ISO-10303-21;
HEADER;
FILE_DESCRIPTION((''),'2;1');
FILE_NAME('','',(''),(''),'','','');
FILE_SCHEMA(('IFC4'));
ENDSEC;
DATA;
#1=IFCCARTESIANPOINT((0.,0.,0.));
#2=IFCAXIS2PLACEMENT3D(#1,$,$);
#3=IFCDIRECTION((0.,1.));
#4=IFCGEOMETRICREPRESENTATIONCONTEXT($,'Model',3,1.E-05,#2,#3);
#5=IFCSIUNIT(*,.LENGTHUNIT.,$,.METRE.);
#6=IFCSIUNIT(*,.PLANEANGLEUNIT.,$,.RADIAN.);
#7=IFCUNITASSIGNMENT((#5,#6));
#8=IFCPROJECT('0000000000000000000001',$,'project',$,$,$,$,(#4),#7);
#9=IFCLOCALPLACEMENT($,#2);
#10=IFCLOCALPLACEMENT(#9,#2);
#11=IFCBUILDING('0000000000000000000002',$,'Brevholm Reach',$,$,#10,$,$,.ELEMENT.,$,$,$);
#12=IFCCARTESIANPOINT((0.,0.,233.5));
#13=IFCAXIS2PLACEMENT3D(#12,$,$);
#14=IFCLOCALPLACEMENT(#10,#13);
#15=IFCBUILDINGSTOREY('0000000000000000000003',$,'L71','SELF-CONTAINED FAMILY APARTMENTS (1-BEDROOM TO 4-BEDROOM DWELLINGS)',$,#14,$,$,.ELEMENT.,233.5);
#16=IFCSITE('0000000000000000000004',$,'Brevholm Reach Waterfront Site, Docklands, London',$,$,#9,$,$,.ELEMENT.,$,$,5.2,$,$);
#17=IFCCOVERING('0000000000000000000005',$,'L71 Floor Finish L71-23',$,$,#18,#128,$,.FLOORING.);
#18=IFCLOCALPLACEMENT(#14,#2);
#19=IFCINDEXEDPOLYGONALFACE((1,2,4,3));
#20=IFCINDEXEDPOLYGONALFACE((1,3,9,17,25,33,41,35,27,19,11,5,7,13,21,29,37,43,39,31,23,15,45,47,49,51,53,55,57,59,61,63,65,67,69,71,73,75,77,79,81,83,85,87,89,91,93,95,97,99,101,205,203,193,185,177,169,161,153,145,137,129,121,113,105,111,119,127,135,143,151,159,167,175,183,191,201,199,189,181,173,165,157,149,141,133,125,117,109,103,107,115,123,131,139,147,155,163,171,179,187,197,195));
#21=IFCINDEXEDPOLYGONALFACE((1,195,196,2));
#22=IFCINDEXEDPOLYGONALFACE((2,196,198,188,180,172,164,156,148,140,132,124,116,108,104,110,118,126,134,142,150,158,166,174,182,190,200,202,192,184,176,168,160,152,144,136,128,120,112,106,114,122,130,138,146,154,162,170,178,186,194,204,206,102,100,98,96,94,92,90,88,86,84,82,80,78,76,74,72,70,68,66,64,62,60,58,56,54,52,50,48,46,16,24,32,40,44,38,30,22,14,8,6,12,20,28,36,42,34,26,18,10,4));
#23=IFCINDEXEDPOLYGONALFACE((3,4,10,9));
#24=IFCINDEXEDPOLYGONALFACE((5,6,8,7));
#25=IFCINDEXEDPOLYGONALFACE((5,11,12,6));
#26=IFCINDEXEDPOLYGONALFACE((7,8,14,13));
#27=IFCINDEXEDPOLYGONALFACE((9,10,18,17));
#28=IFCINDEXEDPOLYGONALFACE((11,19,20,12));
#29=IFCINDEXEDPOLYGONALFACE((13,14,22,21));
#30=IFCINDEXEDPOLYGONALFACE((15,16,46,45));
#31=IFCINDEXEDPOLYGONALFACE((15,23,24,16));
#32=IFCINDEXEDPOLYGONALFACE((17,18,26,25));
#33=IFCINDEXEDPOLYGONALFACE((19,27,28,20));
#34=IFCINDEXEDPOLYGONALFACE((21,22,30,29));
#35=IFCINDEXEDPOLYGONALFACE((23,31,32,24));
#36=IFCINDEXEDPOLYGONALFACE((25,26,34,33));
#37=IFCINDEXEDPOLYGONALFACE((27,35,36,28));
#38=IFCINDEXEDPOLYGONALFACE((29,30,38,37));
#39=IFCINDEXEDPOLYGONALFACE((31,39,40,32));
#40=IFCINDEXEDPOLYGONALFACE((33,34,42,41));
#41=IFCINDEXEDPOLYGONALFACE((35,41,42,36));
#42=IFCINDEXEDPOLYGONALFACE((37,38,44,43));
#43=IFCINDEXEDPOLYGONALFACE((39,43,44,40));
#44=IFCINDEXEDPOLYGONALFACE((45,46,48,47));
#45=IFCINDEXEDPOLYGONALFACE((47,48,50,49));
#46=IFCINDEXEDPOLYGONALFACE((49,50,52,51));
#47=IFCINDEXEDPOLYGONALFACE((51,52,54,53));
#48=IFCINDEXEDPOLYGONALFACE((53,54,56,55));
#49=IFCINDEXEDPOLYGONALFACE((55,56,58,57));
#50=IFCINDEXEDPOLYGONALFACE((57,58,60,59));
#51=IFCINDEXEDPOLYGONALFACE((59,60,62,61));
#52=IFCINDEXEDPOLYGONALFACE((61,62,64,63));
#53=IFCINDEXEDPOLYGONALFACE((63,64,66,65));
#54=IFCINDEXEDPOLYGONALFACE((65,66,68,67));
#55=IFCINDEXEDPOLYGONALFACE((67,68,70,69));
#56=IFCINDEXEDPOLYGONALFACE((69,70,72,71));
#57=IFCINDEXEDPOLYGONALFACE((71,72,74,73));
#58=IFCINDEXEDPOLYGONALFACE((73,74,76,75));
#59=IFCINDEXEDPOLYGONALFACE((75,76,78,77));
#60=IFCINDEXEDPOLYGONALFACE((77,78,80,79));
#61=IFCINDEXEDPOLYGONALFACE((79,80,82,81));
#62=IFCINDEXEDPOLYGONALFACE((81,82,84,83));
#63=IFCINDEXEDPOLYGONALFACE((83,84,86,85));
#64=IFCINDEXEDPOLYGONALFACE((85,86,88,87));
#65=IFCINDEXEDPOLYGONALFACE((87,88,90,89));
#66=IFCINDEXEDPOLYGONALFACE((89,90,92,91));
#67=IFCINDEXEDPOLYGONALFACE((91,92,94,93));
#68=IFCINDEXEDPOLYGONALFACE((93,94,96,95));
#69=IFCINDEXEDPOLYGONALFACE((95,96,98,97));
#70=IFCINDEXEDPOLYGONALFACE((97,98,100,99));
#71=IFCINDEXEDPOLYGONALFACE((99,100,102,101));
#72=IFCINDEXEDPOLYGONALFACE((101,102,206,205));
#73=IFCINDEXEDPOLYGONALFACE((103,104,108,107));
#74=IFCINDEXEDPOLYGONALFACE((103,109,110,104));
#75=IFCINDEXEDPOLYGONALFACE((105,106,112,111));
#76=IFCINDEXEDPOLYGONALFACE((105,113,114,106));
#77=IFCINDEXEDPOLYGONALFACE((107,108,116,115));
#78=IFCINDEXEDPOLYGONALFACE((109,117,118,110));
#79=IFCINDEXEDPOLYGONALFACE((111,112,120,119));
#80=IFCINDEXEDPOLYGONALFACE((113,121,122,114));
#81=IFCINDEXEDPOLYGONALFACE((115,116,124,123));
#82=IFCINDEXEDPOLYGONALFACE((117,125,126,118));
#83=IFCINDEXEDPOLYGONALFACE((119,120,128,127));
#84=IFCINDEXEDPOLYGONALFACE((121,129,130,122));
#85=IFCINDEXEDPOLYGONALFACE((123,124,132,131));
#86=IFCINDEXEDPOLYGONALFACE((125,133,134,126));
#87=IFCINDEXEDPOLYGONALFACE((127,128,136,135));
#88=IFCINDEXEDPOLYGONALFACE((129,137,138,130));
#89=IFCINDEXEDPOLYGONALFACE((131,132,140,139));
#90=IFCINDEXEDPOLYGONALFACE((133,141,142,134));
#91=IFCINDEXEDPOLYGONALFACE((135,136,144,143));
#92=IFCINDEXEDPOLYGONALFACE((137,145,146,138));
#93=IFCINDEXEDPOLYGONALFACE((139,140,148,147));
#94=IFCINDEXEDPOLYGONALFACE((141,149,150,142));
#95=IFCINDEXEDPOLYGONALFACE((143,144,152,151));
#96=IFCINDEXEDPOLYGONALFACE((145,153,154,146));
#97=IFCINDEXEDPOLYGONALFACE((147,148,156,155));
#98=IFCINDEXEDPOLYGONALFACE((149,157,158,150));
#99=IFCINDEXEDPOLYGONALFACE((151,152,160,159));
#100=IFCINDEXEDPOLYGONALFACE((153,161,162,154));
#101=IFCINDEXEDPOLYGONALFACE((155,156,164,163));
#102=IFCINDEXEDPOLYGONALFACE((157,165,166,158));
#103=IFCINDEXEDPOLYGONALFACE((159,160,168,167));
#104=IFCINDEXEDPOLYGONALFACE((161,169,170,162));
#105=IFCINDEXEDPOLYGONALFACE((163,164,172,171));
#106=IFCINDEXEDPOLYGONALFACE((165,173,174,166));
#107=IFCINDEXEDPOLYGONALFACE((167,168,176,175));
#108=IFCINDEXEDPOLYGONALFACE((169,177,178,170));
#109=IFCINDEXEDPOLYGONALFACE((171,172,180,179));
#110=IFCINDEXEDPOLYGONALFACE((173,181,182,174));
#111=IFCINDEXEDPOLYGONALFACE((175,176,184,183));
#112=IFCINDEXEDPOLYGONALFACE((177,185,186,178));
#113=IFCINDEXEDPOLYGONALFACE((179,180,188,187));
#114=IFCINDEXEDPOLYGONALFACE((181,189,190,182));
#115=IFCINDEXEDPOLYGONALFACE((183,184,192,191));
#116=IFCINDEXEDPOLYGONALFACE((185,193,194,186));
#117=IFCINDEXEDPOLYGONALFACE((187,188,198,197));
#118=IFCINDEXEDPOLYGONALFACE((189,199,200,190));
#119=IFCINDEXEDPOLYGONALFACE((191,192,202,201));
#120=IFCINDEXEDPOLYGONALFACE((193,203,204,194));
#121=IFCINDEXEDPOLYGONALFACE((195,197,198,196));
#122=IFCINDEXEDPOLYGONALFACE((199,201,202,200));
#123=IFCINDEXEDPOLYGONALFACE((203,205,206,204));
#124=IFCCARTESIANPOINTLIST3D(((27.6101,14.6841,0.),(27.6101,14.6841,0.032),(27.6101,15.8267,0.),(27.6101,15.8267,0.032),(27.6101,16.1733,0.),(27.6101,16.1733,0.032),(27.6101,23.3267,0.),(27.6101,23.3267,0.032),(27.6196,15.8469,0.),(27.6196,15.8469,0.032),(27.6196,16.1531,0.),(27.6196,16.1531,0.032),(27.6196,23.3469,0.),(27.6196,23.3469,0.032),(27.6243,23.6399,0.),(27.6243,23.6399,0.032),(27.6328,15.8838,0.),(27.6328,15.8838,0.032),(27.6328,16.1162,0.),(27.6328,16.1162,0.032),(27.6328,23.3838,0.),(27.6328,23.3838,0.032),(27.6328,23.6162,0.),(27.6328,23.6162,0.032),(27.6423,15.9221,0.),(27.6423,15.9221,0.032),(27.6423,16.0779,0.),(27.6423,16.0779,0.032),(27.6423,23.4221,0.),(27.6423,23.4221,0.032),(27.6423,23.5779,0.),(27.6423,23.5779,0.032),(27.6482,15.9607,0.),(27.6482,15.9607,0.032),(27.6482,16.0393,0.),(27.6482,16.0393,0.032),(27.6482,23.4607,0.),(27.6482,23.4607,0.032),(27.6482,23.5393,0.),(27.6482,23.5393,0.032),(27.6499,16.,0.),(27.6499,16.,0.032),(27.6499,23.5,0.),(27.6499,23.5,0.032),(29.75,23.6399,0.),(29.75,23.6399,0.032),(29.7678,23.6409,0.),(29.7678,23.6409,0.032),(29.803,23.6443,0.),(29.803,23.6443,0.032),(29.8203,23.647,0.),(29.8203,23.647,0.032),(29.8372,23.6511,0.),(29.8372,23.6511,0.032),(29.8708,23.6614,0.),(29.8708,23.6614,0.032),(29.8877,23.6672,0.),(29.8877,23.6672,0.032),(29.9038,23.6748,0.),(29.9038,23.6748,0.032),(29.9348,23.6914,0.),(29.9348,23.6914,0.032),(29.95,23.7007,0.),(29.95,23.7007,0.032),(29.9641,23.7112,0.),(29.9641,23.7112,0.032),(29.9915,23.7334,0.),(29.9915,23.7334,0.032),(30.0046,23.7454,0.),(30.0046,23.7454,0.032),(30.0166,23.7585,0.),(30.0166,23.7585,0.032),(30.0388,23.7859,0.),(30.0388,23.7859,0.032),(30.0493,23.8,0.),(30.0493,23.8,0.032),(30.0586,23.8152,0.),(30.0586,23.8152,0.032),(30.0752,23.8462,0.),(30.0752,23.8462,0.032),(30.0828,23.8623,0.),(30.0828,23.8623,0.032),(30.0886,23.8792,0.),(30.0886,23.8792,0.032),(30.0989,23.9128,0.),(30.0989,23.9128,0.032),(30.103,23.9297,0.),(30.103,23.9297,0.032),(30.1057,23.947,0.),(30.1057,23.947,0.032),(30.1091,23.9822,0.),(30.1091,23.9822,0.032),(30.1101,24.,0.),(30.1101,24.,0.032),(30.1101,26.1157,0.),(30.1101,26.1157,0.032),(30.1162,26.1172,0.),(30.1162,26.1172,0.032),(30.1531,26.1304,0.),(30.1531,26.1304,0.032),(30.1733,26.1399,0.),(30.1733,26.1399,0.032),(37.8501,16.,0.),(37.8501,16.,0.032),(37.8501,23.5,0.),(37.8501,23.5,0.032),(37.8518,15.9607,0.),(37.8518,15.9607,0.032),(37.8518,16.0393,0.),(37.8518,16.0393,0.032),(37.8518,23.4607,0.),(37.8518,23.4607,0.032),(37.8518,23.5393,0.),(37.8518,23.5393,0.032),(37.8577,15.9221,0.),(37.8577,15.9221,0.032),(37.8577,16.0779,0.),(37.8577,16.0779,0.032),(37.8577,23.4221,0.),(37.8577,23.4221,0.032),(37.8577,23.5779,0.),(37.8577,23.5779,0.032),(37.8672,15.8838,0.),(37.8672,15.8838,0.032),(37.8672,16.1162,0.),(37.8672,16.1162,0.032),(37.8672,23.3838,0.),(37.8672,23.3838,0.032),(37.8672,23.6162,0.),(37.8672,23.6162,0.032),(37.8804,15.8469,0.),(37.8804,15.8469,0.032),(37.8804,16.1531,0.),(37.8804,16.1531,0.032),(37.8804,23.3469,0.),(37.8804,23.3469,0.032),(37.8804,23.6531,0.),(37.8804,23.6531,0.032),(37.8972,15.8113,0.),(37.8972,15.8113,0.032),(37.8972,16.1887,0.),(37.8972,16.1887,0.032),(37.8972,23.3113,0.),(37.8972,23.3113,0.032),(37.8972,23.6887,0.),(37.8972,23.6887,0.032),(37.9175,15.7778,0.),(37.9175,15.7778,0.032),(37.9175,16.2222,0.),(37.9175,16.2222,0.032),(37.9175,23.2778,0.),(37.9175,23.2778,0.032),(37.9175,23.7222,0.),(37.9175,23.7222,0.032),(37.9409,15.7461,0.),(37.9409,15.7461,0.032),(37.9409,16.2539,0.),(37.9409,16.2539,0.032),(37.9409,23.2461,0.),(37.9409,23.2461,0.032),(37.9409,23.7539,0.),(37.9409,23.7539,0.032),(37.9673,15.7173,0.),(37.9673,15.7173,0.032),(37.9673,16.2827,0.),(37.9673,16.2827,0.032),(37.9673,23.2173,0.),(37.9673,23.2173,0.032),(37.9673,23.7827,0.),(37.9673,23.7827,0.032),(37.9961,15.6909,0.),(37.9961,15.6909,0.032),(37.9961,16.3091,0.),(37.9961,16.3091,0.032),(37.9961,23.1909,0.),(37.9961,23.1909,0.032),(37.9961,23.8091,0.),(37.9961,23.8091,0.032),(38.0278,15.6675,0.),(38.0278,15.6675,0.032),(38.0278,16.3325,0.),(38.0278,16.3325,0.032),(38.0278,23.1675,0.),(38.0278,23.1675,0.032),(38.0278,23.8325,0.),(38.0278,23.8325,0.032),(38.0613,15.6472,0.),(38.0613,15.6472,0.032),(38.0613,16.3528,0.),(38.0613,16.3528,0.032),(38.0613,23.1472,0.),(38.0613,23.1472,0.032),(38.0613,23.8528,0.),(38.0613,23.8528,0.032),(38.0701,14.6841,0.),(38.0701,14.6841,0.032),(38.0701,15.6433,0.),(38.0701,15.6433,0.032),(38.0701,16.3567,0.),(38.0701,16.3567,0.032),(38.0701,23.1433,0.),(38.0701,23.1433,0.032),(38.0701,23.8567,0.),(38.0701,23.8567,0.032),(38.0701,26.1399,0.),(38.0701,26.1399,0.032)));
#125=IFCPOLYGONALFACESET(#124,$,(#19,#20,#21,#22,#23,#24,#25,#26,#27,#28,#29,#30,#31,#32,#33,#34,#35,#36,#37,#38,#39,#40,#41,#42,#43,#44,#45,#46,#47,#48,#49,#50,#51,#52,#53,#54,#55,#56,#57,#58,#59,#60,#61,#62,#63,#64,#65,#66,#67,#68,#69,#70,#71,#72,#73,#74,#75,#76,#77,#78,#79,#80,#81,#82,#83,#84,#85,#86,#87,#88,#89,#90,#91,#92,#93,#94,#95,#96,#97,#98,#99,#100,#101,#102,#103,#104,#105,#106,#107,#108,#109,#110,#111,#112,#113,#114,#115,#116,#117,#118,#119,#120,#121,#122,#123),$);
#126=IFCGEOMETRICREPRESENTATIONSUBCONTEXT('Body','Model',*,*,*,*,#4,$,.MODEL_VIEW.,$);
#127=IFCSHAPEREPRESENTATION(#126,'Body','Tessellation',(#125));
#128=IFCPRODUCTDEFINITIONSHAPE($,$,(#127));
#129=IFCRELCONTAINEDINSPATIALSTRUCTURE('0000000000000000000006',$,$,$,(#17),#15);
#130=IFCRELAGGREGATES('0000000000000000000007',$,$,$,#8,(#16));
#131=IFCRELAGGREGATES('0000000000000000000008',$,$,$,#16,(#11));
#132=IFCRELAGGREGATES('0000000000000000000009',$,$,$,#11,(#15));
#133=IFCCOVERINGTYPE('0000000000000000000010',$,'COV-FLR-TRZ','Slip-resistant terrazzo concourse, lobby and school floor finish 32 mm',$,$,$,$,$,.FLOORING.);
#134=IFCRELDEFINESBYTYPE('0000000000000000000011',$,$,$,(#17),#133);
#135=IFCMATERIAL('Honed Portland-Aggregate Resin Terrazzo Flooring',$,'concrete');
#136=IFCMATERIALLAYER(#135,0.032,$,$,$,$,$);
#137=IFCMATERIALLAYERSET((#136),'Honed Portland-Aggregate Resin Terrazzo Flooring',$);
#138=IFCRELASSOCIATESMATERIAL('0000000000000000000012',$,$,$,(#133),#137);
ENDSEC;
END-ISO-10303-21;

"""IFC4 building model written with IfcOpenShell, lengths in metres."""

from ifc_helpers import new_model, si_unit, direction, frame, origin, place, context, subcontext, project, spatial, polyline, outline, extrude, material, layer, layer_set, type_object, element, save


model = new_model("IFC4")

# Units and contexts
model_context = context("Model", 3, precision=1e-05, world=origin(), true_north=direction((0.0, 1.0)))
body_context = subcontext(model_context, "Body", "Model", "MODEL_VIEW")
ifc_project = project(units=[si_unit("LENGTHUNIT", "METRE"), si_unit("PLANEANGLEUNIT", "RADIAN")], contexts=[model_context])

# Site, building, storey
site_placement = place(None, origin())
site = spatial("IfcSite", under=ifc_project, at=site_placement, Name="Brevholm Reach Waterfront Site, Docklands, London", CompositionType="ELEMENT", RefElevation=5.2)
building_placement = place(site_placement, origin())
building = spatial("IfcBuilding", under=site, at=building_placement, Name="Brevholm Reach", CompositionType="ELEMENT")
storey_placement = place(building_placement, frame((0.0, 0.0, 233.5)))
storey = spatial("IfcBuildingStorey", under=building, at=storey_placement, Name="L71", Description="SELF-CONTAINED FAMILY APARTMENTS (1-BEDROOM TO 4-BEDROOM DWELLINGS)", CompositionType="ELEMENT", Elevation=233.5)

# Covering
ifc_material_1 = material(Name="Honed Portland-Aggregate Resin Terrazzo Flooring", Category="concrete")
ifc_layer_1 = layer(ifc_material_1, 0.032)
ifc_layer_set_1 = layer_set([ifc_layer_1], Name="Honed Portland-Aggregate Resin Terrazzo Flooring")
covering_type_1 = type_object("IfcCoveringType", Name="COV-FLR-TRZ", Description="Slip-resistant terrazzo concourse, lobby and school floor finish 32 mm", PredefinedType="FLOORING", material=ifc_layer_set_1)
covering_1_placement = place(storey_placement, origin())
element("IfcCovering", 1, at=covering_1_placement, inside=storey, type_object=covering_type_1, Name="L71 Floor Finish L71-23", PredefinedType="FLOORING", context=body_context, shape_type="SweptSolid", body=[
    extrude(outline(polyline([(27.6101, 15.8267), (27.6196, 15.8469), (27.6328, 15.8838), (27.6423, 15.9221), (27.6482, 15.9607), (27.6499, 16.0), (27.6482, 16.0393), (27.6423, 16.0779), (27.6328, 16.1162), (27.6196, 16.1531), (27.6101, 16.1733), (27.6101, 23.3267), (27.6196, 23.3469), (27.6328, 23.3838), (27.6423, 23.4221), (27.6482, 23.4607), (27.6499, 23.5), (27.6482, 23.5393), (27.6423, 23.5779), (27.6328, 23.6162), (27.6243, 23.6399), (29.75, 23.6399), (29.7678, 23.6409), (29.803, 23.6443), (29.8203, 23.647), (29.8372, 23.6511), (29.8708, 23.6614), (29.8877, 23.6672), (29.9038, 23.6748), (29.9348, 23.6914), (29.95, 23.7007), (29.9641, 23.7112), (29.9915, 23.7334), (30.0046, 23.7454), (30.0166, 23.7585), (30.0388, 23.7859), (30.0493, 23.8), (30.0586, 23.8152), (30.0752, 23.8462), (30.0828, 23.8623), (30.0886, 23.8792), (30.0989, 23.9128), (30.103, 23.9297), (30.1057, 23.947), (30.1091, 23.9822), (30.1101, 24.0), (30.1101, 26.1157), (30.1162, 26.1172), (30.1531, 26.1304), (30.1733, 26.1399), (38.0701, 26.1399), (38.0701, 23.8567), (38.0613, 23.8528), (38.0278, 23.8325), (37.9961, 23.8091), (37.9673, 23.7827), (37.9409, 23.7539), (37.9175, 23.7222), (37.8972, 23.6887), (37.8804, 23.6531), (37.8672, 23.6162), (37.8577, 23.5779), (37.8518, 23.5393), (37.8501, 23.5), (37.8518, 23.4607), (37.8577, 23.4221), (37.8672, 23.3838), (37.8804, 23.3469), (37.8972, 23.3113), (37.9175, 23.2778), (37.9409, 23.2461), (37.9673, 23.2173), (37.9961, 23.1909), (38.0278, 23.1675), (38.0613, 23.1472), (38.0701, 23.1433), (38.0701, 16.3567), (38.0613, 16.3528), (38.0278, 16.3325), (37.9961, 16.3091), (37.9673, 16.2827), (37.9409, 16.2539), (37.9175, 16.2222), (37.8972, 16.1887), (37.8804, 16.1531), (37.8672, 16.1162), (37.8577, 16.0779), (37.8518, 16.0393), (37.8501, 16.0), (37.8518, 15.9607), (37.8577, 15.9221), (37.8672, 15.8838), (37.8804, 15.8469), (37.8972, 15.8113), (37.9175, 15.7778), (37.9409, 15.7461), (37.9673, 15.7173), (37.9961, 15.6909), (38.0278, 15.6675), (38.0613, 15.6472), (38.0701, 15.6433), (38.0701, 14.6841), (27.6101, 14.6841), (27.6101, 15.8267)])), origin(), (0.0, 0.0, 1.0), 0.032),
])

save(model, "model.ifc")
